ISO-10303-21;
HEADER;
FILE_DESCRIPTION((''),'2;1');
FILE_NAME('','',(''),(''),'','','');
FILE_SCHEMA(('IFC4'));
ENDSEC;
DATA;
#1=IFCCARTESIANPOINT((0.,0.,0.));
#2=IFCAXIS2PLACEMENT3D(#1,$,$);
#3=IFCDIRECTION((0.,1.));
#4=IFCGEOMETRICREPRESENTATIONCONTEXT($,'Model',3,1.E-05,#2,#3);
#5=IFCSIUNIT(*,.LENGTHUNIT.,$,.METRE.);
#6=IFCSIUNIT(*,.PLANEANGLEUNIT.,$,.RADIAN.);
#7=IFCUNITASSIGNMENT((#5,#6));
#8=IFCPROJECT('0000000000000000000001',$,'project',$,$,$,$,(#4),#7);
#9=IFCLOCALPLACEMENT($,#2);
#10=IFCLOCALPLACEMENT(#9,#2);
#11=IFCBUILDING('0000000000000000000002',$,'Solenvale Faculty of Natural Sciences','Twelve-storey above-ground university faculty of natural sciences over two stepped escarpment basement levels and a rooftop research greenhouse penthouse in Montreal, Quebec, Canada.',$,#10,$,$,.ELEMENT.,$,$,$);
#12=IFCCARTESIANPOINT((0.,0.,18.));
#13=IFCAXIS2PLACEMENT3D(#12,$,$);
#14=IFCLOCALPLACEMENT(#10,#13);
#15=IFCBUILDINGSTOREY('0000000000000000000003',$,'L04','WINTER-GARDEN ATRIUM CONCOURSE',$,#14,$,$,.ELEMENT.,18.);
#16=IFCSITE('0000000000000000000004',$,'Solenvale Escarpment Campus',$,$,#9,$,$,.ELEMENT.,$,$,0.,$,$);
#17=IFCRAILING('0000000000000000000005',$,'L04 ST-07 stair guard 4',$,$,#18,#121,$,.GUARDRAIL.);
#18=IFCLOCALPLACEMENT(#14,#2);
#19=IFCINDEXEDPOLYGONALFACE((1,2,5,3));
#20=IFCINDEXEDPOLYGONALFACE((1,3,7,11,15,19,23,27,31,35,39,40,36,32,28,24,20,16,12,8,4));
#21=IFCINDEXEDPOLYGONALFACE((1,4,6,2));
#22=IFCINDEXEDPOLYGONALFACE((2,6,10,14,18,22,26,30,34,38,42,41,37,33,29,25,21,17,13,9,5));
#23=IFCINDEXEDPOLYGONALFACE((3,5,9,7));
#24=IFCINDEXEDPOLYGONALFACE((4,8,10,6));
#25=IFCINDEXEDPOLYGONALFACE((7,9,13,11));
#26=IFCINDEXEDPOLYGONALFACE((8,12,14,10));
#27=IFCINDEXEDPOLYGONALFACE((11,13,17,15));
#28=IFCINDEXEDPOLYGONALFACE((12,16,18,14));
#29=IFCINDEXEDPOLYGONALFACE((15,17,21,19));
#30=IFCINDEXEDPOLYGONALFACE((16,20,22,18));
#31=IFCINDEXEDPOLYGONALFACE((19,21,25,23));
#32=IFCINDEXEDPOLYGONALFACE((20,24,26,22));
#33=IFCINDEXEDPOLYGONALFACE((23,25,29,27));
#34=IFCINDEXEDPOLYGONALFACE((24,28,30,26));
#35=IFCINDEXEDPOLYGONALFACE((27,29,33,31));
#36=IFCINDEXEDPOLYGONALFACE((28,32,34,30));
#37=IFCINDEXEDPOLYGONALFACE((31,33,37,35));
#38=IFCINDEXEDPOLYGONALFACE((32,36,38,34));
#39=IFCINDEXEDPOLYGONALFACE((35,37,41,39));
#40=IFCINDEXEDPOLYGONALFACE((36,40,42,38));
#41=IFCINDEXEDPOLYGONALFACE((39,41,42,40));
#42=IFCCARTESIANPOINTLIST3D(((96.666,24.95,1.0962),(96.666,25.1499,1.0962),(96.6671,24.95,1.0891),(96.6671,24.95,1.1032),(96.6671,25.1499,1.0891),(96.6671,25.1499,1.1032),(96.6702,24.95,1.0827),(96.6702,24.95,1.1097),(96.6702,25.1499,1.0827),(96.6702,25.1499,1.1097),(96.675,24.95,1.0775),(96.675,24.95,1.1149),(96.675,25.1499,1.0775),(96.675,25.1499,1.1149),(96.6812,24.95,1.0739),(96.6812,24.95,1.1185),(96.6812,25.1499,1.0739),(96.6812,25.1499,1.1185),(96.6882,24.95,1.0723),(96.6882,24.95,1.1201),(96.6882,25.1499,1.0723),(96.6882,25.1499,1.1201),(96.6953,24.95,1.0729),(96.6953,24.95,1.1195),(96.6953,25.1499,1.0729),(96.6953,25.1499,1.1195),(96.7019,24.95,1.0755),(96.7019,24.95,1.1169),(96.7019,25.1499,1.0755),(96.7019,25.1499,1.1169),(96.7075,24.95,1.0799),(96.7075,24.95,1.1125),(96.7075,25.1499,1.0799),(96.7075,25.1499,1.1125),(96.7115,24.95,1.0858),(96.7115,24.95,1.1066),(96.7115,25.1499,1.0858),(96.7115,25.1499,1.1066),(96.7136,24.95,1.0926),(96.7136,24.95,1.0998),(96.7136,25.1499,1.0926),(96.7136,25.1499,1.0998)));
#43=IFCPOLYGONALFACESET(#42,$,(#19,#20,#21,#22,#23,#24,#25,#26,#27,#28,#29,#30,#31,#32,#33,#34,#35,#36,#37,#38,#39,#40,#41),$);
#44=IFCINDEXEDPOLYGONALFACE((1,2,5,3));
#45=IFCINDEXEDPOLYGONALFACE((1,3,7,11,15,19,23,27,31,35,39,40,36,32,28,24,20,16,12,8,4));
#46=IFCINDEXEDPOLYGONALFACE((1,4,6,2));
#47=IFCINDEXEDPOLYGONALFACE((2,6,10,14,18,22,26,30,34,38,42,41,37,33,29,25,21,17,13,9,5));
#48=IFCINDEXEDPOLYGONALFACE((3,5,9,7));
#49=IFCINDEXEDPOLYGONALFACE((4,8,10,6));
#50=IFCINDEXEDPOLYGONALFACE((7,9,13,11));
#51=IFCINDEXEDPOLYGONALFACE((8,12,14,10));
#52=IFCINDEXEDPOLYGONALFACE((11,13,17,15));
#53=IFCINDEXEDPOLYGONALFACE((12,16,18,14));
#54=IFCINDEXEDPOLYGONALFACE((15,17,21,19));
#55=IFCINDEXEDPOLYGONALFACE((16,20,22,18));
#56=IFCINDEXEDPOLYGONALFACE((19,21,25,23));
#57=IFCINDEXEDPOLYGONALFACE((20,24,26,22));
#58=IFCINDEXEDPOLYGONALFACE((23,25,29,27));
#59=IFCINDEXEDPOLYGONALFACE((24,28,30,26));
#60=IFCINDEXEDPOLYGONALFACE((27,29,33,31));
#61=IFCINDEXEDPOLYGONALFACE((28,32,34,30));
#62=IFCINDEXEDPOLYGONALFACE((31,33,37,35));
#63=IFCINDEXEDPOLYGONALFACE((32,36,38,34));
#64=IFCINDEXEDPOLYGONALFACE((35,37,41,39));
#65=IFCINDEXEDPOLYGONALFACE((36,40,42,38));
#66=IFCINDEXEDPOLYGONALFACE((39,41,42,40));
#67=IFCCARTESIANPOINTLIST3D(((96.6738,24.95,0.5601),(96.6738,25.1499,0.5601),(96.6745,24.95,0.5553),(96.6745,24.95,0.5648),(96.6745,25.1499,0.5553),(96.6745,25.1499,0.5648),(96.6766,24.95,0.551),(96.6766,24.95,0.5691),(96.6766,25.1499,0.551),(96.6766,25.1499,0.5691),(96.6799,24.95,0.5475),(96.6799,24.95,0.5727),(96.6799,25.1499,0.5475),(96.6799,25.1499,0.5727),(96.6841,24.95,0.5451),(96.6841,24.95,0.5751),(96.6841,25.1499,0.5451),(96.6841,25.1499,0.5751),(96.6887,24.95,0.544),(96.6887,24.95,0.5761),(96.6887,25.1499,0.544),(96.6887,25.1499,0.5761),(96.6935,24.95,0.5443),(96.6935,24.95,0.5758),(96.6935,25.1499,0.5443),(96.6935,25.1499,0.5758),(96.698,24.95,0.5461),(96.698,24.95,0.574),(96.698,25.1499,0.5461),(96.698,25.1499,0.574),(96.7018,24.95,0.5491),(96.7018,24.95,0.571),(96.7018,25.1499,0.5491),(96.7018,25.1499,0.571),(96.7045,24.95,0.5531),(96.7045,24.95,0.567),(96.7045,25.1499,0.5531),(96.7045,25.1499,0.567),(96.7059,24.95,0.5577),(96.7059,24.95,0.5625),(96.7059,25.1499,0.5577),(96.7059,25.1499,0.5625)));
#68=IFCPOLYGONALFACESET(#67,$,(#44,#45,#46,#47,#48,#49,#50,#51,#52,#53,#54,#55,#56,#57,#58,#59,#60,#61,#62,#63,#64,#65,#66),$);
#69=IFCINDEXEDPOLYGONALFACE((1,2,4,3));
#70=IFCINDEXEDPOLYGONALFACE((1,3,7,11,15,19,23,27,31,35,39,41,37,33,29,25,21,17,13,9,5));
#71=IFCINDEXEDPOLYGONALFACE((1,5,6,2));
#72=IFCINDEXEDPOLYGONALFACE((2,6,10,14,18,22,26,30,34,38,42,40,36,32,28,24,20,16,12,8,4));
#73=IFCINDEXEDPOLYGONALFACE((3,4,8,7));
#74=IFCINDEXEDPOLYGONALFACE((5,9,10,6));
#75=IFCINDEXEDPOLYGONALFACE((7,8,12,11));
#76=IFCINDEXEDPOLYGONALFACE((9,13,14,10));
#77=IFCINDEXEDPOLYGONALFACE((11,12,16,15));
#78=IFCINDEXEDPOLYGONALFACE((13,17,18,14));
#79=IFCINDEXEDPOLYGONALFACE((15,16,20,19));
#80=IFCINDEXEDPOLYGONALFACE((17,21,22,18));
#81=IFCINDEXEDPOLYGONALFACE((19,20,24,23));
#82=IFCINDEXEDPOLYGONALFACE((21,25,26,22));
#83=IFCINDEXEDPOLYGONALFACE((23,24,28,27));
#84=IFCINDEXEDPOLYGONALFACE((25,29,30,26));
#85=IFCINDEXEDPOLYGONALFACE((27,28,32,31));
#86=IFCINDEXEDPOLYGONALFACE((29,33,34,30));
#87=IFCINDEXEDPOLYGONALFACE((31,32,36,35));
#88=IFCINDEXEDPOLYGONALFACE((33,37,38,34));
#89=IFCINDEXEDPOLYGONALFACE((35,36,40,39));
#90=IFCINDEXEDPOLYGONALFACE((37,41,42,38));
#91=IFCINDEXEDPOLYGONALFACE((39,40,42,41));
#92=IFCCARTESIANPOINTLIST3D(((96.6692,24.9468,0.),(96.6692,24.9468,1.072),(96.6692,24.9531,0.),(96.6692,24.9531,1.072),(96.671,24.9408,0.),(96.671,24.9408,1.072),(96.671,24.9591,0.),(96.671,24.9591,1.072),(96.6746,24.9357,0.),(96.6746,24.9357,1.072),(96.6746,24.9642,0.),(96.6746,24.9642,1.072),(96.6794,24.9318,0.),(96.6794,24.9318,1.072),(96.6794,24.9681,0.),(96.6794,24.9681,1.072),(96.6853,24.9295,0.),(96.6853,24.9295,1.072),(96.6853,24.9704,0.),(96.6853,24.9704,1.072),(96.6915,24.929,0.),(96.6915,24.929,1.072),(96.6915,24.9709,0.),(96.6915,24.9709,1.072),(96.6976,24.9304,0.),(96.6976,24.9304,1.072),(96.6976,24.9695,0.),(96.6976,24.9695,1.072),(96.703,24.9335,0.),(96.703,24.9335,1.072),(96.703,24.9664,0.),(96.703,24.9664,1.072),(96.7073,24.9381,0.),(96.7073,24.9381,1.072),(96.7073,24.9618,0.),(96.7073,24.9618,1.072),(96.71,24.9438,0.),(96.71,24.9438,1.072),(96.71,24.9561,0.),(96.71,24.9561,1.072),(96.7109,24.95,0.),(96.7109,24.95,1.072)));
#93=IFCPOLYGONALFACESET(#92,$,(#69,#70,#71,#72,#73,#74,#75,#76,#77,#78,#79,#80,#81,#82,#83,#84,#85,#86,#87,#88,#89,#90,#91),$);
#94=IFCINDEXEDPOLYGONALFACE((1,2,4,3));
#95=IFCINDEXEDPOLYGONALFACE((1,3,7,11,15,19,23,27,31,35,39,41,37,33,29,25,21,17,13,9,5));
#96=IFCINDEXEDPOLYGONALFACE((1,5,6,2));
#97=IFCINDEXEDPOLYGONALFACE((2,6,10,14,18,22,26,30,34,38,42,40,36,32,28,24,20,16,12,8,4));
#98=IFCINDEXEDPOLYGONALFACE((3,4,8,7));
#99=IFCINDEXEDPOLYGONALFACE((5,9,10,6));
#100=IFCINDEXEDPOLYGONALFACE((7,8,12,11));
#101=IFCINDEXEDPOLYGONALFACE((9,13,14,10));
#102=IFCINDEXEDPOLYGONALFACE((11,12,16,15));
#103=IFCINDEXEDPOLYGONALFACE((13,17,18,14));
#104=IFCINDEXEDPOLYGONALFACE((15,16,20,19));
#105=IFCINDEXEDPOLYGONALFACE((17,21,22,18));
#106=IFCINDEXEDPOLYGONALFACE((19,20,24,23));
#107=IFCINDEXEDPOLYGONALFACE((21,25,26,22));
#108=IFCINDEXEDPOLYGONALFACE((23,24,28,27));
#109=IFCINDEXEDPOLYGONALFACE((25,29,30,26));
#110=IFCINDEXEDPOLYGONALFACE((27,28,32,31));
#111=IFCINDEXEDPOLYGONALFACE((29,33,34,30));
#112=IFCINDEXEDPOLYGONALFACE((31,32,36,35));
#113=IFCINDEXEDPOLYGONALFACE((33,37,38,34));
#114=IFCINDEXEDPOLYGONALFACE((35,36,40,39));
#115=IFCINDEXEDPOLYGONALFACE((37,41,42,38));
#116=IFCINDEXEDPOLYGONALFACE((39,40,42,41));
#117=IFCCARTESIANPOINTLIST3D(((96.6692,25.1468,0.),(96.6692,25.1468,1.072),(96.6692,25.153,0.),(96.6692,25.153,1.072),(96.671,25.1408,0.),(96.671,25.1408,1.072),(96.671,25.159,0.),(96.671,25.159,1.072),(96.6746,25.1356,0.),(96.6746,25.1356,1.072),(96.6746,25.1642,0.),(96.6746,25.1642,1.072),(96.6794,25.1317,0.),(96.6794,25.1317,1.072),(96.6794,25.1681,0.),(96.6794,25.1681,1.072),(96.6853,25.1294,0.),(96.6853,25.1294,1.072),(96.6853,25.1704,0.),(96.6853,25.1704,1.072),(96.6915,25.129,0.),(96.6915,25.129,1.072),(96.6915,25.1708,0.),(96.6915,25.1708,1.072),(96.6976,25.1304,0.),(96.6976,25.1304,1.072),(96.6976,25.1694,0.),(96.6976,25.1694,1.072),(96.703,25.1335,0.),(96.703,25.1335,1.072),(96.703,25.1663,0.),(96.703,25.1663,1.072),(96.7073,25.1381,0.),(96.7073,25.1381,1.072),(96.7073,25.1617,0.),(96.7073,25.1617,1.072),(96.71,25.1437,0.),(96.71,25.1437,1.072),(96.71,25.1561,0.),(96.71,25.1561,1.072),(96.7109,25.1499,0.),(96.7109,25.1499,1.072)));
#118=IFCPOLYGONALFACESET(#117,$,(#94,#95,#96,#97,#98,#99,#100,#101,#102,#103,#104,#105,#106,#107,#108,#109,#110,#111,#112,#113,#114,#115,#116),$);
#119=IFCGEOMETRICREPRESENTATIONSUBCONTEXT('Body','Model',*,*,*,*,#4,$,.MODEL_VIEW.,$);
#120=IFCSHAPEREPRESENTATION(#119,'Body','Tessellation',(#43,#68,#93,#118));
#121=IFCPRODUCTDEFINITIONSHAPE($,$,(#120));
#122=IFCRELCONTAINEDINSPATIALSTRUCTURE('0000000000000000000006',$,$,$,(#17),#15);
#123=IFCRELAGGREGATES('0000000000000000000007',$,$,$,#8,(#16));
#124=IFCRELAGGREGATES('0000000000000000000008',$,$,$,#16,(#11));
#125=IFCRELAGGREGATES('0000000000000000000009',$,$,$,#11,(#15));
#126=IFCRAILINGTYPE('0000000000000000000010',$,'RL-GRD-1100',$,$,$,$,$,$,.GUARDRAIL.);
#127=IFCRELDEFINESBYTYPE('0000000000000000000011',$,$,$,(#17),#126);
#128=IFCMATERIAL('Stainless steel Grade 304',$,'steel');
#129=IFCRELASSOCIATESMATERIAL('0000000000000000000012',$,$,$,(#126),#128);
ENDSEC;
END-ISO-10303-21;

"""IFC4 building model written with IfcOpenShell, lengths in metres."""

from ifc_helpers import new_model, si_unit, direction, frame, origin, origin_2d, place, context, subcontext, project, spatial, circle, extrude, material, type_object, element, save


model = new_model("IFC4")

# Units and contexts
model_context = context("Model", 3, precision=1e-05, world=origin(), true_north=direction((0.0, 1.0)))
body_context = subcontext(model_context, "Body", "Model", "MODEL_VIEW")
ifc_project = project(units=[si_unit("LENGTHUNIT", "METRE"), si_unit("PLANEANGLEUNIT", "RADIAN")], contexts=[model_context])

# Site, building, storey
site_placement = place(None, origin())
site = spatial("IfcSite", under=ifc_project, at=site_placement, Name="Solenvale Escarpment Campus", CompositionType="ELEMENT", RefElevation=0.0)
building_placement = place(site_placement, origin())
building = spatial("IfcBuilding", under=site, at=building_placement, Name="Solenvale Faculty of Natural Sciences", Description="Twelve-storey above-ground university faculty of natural sciences over two stepped escarpment basement levels and a rooftop research greenhouse penthouse in Montreal, Quebec, Canada.", CompositionType="ELEMENT")
storey_placement = place(building_placement, frame((0.0, 0.0, 18.0)))
storey = spatial("IfcBuildingStorey", under=building, at=storey_placement, Name="L04", Description="WINTER-GARDEN ATRIUM CONCOURSE", CompositionType="ELEMENT", Elevation=18.0)

# Railing
ifc_material_1 = material(Name="Stainless steel Grade 304", Category="steel")
railing_type_1 = type_object("IfcRailingType", Name="RL-GRD-1100", PredefinedType="GUARDRAIL", material=ifc_material_1)
railing_1_placement = place(storey_placement, frame((96.6899, 24.95, 0.0)))
element("IfcRailing", 1, at=railing_1_placement, inside=storey, type_object=railing_type_1, Name="L04 ST-07 stair guard 4", PredefinedType="GUARDRAIL", context=body_context, shape_type="SweptSolid", body=[
    extrude(circle(Radius=0.0239, at=origin_2d()), frame((0.0, 0.0, 1.0962), z_axis=(0.0, 1.0, 0.0), x_axis=(-1.0, 0.0, 0.0)), (0.0, 0.0, 1.0), 0.2),
    extrude(circle(Radius=0.0161, at=origin_2d()), frame((0.0, 0.0, 0.5601), z_axis=(0.0, 1.0, 0.0), x_axis=(-1.0, 0.0, 0.0)), (0.0, 0.0, 1.0), 0.2),
    extrude(circle(Radius=0.021, at=origin_2d()), origin(), (0.0, 0.0, 1.0), 1.072),
    extrude(circle(Radius=0.021, at=origin_2d()), frame((0.0, 0.2, 0.0)), (0.0, 0.0, 1.0), 1.072),
])

save(model, "model.ifc")
